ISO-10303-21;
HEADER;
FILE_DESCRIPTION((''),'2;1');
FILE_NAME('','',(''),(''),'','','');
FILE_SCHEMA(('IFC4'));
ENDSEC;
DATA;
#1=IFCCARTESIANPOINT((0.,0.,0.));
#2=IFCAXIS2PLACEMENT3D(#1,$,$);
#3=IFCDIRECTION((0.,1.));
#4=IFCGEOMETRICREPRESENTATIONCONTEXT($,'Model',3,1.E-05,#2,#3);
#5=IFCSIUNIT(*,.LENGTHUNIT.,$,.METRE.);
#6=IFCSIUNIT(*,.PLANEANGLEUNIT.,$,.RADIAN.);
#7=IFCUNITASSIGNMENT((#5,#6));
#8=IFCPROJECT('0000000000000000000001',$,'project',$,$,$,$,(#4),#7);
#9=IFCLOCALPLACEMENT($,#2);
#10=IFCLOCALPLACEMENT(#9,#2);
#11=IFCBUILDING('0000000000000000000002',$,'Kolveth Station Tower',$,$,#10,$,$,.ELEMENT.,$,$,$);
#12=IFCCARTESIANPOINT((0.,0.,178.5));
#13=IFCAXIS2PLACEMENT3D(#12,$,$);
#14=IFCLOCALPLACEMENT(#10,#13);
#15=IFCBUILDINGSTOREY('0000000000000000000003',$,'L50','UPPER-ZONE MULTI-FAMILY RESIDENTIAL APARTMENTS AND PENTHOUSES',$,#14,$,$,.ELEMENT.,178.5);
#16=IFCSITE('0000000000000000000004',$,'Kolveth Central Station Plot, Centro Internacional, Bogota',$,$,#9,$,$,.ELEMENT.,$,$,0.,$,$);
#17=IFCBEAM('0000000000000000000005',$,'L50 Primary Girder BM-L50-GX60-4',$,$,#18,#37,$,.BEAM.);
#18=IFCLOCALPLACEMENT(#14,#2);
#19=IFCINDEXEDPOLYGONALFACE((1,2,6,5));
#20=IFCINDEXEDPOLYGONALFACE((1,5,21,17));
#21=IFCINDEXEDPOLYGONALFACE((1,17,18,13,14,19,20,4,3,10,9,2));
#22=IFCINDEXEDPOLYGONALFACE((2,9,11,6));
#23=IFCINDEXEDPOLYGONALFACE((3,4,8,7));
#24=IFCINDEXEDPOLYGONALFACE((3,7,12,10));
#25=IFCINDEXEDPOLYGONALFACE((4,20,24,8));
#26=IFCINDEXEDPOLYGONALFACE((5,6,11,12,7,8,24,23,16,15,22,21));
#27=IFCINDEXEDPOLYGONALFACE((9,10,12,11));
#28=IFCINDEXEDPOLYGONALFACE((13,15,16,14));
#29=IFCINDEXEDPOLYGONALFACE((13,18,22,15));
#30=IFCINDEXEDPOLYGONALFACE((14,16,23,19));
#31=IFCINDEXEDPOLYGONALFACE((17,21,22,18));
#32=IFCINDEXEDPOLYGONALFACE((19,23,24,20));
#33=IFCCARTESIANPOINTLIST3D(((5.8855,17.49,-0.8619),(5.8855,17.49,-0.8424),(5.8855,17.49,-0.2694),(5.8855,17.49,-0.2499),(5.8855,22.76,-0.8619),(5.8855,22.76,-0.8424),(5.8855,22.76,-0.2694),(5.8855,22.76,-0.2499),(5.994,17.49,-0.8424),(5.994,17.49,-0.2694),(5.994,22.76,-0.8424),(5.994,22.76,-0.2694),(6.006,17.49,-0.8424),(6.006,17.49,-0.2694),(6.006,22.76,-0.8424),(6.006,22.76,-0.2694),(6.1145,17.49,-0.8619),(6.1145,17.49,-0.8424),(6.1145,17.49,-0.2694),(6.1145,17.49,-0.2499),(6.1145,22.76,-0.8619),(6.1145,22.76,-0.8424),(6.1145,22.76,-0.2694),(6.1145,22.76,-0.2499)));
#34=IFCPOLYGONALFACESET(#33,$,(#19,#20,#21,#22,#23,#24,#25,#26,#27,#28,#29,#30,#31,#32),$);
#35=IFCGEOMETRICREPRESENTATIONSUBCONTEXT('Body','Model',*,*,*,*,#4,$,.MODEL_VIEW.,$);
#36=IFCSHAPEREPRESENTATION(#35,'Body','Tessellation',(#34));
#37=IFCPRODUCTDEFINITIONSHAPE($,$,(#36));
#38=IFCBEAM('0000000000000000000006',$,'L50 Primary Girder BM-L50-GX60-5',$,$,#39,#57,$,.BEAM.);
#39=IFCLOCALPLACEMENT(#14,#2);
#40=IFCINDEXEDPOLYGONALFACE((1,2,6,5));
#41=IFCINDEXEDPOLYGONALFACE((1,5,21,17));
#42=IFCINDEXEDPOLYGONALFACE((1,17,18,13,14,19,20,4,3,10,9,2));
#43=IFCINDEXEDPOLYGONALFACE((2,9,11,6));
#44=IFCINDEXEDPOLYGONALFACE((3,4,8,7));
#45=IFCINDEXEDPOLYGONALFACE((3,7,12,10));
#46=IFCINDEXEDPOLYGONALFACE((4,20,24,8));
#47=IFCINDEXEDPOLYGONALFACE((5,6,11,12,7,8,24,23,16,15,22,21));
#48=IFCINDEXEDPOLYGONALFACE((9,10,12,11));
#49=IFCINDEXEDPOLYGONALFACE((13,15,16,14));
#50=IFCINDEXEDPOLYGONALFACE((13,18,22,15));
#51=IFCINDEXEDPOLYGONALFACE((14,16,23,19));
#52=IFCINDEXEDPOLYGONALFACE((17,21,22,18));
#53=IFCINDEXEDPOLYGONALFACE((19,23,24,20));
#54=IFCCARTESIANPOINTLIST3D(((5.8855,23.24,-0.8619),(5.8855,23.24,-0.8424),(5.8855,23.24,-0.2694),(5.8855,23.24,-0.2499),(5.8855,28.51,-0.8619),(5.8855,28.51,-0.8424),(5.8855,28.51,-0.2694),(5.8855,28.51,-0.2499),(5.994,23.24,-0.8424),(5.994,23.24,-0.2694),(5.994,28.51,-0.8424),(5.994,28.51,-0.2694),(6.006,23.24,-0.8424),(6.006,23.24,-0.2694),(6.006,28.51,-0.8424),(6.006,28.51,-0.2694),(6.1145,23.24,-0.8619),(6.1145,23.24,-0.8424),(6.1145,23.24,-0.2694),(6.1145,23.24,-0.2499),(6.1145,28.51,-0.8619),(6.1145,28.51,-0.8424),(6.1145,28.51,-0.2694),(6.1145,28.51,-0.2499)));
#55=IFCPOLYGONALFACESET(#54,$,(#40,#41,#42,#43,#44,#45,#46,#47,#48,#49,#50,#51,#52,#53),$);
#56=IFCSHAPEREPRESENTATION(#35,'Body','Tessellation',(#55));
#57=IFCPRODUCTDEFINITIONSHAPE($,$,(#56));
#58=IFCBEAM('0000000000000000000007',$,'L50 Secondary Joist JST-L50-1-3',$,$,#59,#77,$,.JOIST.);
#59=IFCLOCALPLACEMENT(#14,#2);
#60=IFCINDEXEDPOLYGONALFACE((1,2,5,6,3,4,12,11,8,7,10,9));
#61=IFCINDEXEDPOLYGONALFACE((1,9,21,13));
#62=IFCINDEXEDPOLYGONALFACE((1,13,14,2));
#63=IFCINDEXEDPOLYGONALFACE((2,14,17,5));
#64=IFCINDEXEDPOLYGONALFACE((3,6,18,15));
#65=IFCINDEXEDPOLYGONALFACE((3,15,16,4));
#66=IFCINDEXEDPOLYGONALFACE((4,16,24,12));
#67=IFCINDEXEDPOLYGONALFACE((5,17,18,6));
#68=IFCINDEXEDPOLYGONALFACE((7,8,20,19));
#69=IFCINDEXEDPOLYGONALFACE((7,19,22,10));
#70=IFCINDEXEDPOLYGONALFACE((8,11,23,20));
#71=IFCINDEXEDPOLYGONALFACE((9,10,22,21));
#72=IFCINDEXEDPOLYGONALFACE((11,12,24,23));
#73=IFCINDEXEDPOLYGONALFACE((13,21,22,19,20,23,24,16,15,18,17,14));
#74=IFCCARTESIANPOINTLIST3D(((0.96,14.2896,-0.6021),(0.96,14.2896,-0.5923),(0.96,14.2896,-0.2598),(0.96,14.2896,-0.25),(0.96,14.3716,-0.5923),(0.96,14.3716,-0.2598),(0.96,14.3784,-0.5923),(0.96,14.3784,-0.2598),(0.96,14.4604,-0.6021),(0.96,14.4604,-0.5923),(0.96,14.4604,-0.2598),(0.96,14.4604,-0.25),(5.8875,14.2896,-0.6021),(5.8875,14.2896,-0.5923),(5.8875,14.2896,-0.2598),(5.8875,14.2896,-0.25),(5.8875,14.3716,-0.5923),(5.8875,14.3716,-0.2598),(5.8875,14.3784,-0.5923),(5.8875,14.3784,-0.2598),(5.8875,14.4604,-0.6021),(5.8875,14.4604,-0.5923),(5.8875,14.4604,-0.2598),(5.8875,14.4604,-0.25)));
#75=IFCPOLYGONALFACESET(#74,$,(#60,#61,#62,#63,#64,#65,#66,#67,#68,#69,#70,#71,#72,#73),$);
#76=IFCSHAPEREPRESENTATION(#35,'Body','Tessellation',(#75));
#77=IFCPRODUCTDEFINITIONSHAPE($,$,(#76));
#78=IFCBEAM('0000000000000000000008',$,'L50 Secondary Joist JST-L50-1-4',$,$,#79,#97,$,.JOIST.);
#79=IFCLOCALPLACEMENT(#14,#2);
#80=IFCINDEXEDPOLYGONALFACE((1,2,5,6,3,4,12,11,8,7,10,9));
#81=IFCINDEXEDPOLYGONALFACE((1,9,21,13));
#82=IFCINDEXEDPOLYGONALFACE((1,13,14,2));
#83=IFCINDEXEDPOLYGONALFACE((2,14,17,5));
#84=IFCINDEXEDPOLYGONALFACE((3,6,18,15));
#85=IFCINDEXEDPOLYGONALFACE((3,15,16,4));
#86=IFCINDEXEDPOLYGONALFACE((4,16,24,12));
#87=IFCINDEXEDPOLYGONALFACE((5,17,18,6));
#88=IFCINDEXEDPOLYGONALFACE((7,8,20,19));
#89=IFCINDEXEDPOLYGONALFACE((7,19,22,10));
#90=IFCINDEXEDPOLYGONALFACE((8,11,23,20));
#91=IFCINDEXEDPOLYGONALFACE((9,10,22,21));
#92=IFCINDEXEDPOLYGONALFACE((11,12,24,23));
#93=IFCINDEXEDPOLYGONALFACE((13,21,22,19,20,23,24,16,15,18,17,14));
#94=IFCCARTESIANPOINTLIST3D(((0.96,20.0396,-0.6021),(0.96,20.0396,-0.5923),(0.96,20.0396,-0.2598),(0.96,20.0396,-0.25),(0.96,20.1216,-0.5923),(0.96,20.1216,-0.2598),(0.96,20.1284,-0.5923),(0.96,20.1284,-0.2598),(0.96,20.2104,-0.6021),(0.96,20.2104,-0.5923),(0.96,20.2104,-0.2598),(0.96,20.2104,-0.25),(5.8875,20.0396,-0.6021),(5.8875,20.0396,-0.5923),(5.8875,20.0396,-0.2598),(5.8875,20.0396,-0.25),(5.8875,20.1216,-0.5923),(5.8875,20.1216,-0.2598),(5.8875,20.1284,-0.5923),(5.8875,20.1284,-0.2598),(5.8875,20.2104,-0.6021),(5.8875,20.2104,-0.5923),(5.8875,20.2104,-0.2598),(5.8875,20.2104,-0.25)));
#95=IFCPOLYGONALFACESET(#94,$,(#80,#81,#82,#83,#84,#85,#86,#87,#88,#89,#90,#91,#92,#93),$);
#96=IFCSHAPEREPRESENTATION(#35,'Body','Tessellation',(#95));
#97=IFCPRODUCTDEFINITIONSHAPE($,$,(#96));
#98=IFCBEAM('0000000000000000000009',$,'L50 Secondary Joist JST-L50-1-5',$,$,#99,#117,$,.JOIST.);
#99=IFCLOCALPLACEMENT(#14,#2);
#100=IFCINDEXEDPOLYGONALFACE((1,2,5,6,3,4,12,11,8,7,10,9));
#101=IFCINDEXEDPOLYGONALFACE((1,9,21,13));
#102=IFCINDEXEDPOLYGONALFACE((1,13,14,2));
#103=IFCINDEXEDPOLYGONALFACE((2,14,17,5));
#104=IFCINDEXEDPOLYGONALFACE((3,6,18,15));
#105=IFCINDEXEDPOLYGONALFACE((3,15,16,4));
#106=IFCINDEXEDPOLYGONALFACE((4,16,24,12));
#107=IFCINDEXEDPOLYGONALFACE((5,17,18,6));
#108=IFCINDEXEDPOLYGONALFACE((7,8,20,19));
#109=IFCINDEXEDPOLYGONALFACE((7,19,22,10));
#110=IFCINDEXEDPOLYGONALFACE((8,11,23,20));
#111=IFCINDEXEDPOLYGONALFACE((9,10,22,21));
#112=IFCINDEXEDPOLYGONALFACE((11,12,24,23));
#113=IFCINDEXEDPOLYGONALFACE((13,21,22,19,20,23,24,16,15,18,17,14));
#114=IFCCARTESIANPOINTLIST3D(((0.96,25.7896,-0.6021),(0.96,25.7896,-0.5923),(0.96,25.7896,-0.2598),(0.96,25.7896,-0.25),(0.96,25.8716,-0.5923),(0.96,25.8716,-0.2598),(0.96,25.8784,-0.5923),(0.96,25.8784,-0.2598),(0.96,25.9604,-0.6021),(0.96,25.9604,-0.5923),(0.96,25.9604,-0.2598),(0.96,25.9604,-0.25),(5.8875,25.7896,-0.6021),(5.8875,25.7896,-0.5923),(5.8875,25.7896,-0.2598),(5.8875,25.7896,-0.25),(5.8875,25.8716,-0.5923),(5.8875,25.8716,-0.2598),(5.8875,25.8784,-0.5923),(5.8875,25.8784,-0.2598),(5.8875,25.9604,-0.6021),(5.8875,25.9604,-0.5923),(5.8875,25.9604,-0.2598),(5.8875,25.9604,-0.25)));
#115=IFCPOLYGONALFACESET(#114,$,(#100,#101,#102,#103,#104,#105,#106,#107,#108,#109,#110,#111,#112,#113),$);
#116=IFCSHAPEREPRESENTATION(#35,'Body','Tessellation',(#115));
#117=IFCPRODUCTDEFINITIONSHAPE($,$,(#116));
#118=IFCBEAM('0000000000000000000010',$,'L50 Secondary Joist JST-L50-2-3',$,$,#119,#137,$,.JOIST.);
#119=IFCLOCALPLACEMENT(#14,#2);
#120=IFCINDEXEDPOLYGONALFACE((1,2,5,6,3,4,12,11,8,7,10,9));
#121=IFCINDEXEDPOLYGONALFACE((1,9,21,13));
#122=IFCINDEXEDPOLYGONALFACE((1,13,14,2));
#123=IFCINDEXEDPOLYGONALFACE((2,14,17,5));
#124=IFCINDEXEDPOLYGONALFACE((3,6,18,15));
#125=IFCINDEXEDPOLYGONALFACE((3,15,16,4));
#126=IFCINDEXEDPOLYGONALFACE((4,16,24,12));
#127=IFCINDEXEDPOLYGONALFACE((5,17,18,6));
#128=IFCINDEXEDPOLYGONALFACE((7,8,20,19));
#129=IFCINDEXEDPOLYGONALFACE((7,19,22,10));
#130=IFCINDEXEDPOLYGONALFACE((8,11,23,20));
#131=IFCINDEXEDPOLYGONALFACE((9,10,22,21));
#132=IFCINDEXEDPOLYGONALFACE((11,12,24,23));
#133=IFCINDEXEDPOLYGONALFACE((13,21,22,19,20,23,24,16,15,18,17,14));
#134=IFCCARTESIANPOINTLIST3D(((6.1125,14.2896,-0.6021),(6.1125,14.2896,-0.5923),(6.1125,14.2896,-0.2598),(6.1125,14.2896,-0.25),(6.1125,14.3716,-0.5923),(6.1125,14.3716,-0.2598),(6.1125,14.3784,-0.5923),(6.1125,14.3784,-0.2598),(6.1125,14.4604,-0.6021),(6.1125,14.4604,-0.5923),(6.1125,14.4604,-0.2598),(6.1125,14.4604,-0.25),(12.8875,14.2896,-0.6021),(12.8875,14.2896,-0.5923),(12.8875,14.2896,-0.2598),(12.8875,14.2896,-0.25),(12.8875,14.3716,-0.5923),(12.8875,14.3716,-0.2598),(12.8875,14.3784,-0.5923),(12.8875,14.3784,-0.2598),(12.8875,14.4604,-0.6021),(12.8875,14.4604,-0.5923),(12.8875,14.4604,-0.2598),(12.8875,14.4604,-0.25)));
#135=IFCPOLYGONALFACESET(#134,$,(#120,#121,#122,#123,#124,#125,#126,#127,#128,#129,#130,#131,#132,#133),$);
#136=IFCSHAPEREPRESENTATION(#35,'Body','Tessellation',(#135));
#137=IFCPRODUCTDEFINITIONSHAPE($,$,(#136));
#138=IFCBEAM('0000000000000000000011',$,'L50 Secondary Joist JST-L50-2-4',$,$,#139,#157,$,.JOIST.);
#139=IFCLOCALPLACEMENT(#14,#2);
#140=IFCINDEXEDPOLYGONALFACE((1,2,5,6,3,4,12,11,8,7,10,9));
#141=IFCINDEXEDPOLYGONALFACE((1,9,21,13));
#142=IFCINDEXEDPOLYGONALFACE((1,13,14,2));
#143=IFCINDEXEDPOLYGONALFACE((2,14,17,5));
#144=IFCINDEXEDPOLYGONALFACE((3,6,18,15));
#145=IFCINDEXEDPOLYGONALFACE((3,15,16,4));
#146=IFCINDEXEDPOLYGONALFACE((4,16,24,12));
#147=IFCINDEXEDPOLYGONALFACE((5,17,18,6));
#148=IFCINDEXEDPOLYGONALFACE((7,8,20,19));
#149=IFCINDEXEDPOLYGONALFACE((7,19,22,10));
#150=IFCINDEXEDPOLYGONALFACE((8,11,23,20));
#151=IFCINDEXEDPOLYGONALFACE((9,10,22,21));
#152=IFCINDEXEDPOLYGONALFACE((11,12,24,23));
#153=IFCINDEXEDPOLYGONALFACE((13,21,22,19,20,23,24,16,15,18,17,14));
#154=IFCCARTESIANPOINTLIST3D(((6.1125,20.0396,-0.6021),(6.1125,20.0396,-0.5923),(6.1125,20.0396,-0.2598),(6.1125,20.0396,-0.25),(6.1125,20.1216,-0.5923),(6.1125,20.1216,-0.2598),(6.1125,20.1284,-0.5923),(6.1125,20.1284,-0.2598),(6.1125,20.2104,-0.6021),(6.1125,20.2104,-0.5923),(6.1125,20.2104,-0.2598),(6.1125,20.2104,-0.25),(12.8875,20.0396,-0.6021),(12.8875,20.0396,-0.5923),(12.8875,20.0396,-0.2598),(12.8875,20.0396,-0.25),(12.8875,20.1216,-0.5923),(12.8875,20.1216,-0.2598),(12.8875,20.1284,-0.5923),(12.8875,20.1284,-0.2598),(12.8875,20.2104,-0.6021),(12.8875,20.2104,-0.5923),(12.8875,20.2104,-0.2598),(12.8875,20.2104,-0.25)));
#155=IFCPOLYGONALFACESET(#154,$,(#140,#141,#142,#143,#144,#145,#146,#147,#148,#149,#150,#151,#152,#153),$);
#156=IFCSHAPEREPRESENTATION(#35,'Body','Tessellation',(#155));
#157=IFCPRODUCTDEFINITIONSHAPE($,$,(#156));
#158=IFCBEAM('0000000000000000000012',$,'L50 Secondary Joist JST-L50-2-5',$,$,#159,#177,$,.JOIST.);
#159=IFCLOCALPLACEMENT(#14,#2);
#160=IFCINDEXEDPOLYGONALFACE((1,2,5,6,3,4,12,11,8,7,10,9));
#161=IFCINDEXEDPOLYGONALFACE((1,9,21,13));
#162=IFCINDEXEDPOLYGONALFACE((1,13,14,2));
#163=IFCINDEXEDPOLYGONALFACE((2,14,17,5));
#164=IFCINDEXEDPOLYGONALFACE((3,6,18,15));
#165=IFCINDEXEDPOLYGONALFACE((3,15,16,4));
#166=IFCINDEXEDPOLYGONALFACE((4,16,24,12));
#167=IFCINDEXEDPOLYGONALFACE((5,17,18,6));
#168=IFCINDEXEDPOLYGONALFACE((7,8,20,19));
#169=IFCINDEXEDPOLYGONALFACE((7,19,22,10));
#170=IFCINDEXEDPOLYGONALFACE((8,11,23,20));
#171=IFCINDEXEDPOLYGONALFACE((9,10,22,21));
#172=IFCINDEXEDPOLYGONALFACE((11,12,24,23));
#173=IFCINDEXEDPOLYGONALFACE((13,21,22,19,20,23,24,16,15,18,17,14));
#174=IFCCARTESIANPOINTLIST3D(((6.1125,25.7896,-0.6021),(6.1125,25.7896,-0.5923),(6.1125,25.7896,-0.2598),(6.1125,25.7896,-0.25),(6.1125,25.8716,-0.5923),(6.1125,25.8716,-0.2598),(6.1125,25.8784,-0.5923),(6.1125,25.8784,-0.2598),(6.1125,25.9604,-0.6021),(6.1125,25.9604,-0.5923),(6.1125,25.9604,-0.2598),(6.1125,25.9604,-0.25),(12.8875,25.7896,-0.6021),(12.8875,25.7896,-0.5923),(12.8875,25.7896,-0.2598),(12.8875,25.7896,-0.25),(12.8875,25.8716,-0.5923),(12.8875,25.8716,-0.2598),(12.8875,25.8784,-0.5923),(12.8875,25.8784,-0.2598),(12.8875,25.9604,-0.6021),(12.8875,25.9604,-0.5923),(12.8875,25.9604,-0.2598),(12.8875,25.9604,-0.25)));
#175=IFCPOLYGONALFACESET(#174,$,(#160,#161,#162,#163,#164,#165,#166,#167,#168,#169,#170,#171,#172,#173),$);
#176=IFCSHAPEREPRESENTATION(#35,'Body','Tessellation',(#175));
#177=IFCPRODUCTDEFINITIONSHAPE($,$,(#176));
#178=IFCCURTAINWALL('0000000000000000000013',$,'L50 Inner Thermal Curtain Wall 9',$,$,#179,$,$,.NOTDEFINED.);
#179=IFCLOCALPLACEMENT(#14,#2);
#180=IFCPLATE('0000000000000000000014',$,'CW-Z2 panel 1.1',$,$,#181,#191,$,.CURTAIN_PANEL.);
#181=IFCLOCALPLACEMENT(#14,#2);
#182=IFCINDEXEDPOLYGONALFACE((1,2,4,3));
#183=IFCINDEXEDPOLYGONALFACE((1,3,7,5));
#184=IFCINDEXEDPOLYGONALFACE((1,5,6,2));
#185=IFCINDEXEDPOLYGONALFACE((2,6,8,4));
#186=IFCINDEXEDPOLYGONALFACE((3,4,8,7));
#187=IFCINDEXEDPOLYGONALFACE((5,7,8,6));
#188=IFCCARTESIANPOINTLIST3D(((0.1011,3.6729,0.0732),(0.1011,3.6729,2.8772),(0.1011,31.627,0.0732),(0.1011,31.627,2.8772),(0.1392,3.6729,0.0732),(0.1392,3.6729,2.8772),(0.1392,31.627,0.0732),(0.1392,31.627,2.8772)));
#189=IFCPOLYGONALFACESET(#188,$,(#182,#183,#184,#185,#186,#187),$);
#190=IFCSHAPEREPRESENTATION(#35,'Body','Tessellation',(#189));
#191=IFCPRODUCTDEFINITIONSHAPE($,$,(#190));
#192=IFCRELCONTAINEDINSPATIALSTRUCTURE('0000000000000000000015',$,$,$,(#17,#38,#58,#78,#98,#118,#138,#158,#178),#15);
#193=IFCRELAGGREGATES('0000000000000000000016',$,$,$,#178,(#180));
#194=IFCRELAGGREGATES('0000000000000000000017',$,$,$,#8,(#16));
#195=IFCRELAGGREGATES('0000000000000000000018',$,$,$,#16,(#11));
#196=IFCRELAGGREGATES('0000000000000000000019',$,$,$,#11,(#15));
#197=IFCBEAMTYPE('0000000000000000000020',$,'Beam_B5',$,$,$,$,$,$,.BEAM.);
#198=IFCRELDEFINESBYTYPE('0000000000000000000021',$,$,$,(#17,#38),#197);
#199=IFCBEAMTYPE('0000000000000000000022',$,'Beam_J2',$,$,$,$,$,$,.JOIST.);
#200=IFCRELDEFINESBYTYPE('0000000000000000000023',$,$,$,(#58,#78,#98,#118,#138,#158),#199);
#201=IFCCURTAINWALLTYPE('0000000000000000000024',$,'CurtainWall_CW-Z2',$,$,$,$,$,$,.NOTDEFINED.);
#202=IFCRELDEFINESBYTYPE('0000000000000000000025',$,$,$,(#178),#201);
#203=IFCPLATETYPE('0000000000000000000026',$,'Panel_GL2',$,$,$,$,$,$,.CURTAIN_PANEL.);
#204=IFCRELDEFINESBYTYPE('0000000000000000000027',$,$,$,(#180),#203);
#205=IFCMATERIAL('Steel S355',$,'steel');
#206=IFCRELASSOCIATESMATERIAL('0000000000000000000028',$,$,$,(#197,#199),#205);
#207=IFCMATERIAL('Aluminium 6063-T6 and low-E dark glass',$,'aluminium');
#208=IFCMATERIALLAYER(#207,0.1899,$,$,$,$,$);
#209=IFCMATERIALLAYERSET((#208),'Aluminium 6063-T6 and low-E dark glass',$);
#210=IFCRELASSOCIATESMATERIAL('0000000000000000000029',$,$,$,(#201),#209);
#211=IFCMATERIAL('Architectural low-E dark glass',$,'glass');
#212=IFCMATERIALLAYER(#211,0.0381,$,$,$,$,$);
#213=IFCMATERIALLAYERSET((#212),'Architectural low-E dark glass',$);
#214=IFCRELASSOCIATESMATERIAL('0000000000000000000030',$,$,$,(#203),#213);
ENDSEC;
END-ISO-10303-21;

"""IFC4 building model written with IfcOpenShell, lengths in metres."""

from ifc_helpers import new_model, si_unit, direction, frame, origin, origin_2d, place, context, subcontext, project, spatial, rectangle, i_section, extrude, source, transform, mapped, material, layer, layer_set, material_profile, profile_set, type_object, element, aggregate, save


model = new_model("IFC4")

# Units and contexts
model_context = context("Model", 3, precision=1e-05, world=origin(), true_north=direction((0.0, 1.0)))
body_context = subcontext(model_context, "Body", "Model", "MODEL_VIEW")
ifc_project = project(units=[si_unit("LENGTHUNIT", "METRE"), si_unit("PLANEANGLEUNIT", "RADIAN")], contexts=[model_context])

# Site, building, storey
site_placement = place(None, origin())
site = spatial("IfcSite", under=ifc_project, at=site_placement, Name="Kolveth Central Station Plot, Centro Internacional, Bogota", CompositionType="ELEMENT", RefElevation=0.0)
building_placement = place(site_placement, origin())
building = spatial("IfcBuilding", under=site, at=building_placement, Name="Kolveth Station Tower", CompositionType="ELEMENT")
storey_placement = place(building_placement, frame((0.0, 0.0, 178.5)))
storey = spatial("IfcBuildingStorey", under=building, at=storey_placement, Name="L50", Description="UPPER-ZONE MULTI-FAMILY RESIDENTIAL APARTMENTS AND PENTHOUSES", CompositionType="ELEMENT", Elevation=178.5)

# Shared definitions
ifc_material_1 = material(Name="Steel S355", Category="steel")

# Beams
ifc_material_profile_1 = material_profile(ifc_material_1, i_section(OverallWidth=0.229, OverallDepth=0.6121, WebThickness=0.012, FlangeThickness=0.0195, at=origin_2d()), Name="W610x125")
ifc_profile_set_1 = profile_set([ifc_material_profile_1], Name="Steel S355")
beam_type_1 = type_object("IfcBeamType", Name="Beam_B5", PredefinedType="BEAM", material=ifc_profile_set_1)
shared_shape_1 = source(origin(), body_context, "Body", "SweptSolid", [
    extrude(i_section(OverallWidth=0.229, OverallDepth=0.6121, WebThickness=0.012, FlangeThickness=0.0195, at=origin_2d()), origin(), (0.0, 0.0, 1.0), 5.27),
])
for number, where, z_axis, x_axis, name in (
    (1, (6.0, 17.49, -0.5559), (0.0, 1.0, 0.0), (-1.0, 0.0, 0.0), "L50 Primary Girder BM-L50-GX60-4"),
    (2, (6.0, 23.24, -0.5559), (0.0, 1.0, 0.0), (-1.0, 0.0, 0.0), "L50 Primary Girder BM-L50-GX60-5"),
):
    element("IfcBeam", number, at=place(storey_placement, frame(where, z_axis=z_axis, x_axis=x_axis)), inside=storey, type_object=beam_type_1, Name=name, PredefinedType="BEAM", context=body_context, shape_type="MappedRepresentation", body=[
        mapped(shared_shape_1, transform((0.0, 0.0, 0.0), x_axis=(1.0, 0.0, 0.0), y_axis=(0.0, 1.0, 0.0), z_axis=(0.0, 0.0, 1.0), scale=1.0)),
    ])
ifc_material_profile_2 = material_profile(ifc_material_1, i_section(OverallWidth=0.1709, OverallDepth=0.3521, WebThickness=0.0068, FlangeThickness=0.0098, at=origin_2d()), Name="W360x44")
ifc_profile_set_2 = profile_set([ifc_material_profile_2], Name="Steel S355")
beam_type_2 = type_object("IfcBeamType", Name="Beam_J2", PredefinedType="JOIST", material=ifc_profile_set_2)
shared_shape_2 = source(origin(), body_context, "Body", "SweptSolid", [
    extrude(i_section(OverallWidth=0.1709, OverallDepth=0.3521, WebThickness=0.0068, FlangeThickness=0.0098, at=origin_2d()), origin(), (0.0, 0.0, 1.0), 4.9275),
])
for number, where, z_axis, x_axis, name in (
    (3, (0.96, 14.375, -0.426), (1.0, 0.0, 0.0), (0.0, 1.0, 0.0), "L50 Secondary Joist JST-L50-1-3"),
    (4, (0.96, 20.125, -0.426), (1.0, 0.0, 0.0), (0.0, 1.0, 0.0), "L50 Secondary Joist JST-L50-1-4"),
    (5, (0.96, 25.875, -0.426), (1.0, 0.0, 0.0), (0.0, 1.0, 0.0), "L50 Secondary Joist JST-L50-1-5"),
):
    element("IfcBeam", number, at=place(storey_placement, frame(where, z_axis=z_axis, x_axis=x_axis)), inside=storey, type_object=beam_type_2, Name=name, PredefinedType="JOIST", context=body_context, shape_type="MappedRepresentation", body=[
        mapped(shared_shape_2, transform((0.0, 0.0, 0.0), x_axis=(1.0, 0.0, 0.0), y_axis=(0.0, 1.0, 0.0), z_axis=(0.0, 0.0, 1.0), scale=1.0)),
    ])
shared_shape_3 = source(origin(), body_context, "Body", "SweptSolid", [
    extrude(i_section(OverallWidth=0.1709, OverallDepth=0.3521, WebThickness=0.0068, FlangeThickness=0.0098, at=origin_2d()), origin(), (0.0, 0.0, 1.0), 6.7749),
])
for number, where, z_axis, x_axis, name in (
    (6, (6.1125, 14.375, -0.426), (1.0, 0.0, 0.0), (0.0, 1.0, 0.0), "L50 Secondary Joist JST-L50-2-3"),
    (7, (6.1125, 20.125, -0.426), (1.0, 0.0, 0.0), (0.0, 1.0, 0.0), "L50 Secondary Joist JST-L50-2-4"),
    (8, (6.1125, 25.875, -0.426), (1.0, 0.0, 0.0), (0.0, 1.0, 0.0), "L50 Secondary Joist JST-L50-2-5"),
):
    element("IfcBeam", number, at=place(storey_placement, frame(where, z_axis=z_axis, x_axis=x_axis)), inside=storey, type_object=beam_type_2, Name=name, PredefinedType="JOIST", context=body_context, shape_type="MappedRepresentation", body=[
        mapped(shared_shape_3, transform((0.0, 0.0, 0.0), x_axis=(1.0, 0.0, 0.0), y_axis=(0.0, 1.0, 0.0), z_axis=(0.0, 0.0, 1.0), scale=1.0)),
    ])

# Curtain wall, plate
ifc_material_2 = material(Name="Aluminium 6063-T6 and low-E dark glass", Category="aluminium")
ifc_layer_1 = layer(ifc_material_2, 0.1899)
ifc_layer_set_1 = layer_set([ifc_layer_1], Name="Aluminium 6063-T6 and low-E dark glass")
curtain_wall_type_1 = type_object("IfcCurtainWallType", Name="CurtainWall_CW-Z2", PredefinedType="NOTDEFINED", material=ifc_layer_set_1)
curtain_wall_1_placement = place(storey_placement, origin())
curtain_wall_1 = element("IfcCurtainWall", 9, at=curtain_wall_1_placement, inside=storey, type_object=curtain_wall_type_1, Name="L50 Inner Thermal Curtain Wall 9", PredefinedType="NOTDEFINED")
ifc_material_3 = material(Name="Architectural low-E dark glass", Category="glass")
ifc_layer_2 = layer(ifc_material_3, 0.0381)
ifc_layer_set_2 = layer_set([ifc_layer_2], Name="Architectural low-E dark glass")
plate_type_1 = type_object("IfcPlateType", Name="Panel_GL2", PredefinedType="CURTAIN_PANEL", material=ifc_layer_set_2)
shared_shape_4 = source(origin(), body_context, "Body", "SweptSolid", [
    extrude(rectangle(XDim=27.9541, YDim=0.0381, at=origin_2d()), origin(), (0.0, 0.0, 1.0), 2.804),
])
plate_1_placement = place(storey_placement, frame((0.1201, 17.6499, 0.0732), z_axis=(0.0, 0.0, 1.0), x_axis=(0.0, -1.0, 0.0)))
plate_1 = element("IfcPlate", 10, at=plate_1_placement, type_object=plate_type_1, Name="CW-Z2 panel 1.1", PredefinedType="CURTAIN_PANEL", context=body_context, shape_type="MappedRepresentation", body=[
    mapped(shared_shape_4, transform((0.0, 0.0, 0.0), x_axis=(1.0, 0.0, 0.0), y_axis=(0.0, 1.0, 0.0), z_axis=(0.0, 0.0, 1.0), scale=1.0)),
])
aggregate(curtain_wall_1, [plate_1])

save(model, "model.ifc")
